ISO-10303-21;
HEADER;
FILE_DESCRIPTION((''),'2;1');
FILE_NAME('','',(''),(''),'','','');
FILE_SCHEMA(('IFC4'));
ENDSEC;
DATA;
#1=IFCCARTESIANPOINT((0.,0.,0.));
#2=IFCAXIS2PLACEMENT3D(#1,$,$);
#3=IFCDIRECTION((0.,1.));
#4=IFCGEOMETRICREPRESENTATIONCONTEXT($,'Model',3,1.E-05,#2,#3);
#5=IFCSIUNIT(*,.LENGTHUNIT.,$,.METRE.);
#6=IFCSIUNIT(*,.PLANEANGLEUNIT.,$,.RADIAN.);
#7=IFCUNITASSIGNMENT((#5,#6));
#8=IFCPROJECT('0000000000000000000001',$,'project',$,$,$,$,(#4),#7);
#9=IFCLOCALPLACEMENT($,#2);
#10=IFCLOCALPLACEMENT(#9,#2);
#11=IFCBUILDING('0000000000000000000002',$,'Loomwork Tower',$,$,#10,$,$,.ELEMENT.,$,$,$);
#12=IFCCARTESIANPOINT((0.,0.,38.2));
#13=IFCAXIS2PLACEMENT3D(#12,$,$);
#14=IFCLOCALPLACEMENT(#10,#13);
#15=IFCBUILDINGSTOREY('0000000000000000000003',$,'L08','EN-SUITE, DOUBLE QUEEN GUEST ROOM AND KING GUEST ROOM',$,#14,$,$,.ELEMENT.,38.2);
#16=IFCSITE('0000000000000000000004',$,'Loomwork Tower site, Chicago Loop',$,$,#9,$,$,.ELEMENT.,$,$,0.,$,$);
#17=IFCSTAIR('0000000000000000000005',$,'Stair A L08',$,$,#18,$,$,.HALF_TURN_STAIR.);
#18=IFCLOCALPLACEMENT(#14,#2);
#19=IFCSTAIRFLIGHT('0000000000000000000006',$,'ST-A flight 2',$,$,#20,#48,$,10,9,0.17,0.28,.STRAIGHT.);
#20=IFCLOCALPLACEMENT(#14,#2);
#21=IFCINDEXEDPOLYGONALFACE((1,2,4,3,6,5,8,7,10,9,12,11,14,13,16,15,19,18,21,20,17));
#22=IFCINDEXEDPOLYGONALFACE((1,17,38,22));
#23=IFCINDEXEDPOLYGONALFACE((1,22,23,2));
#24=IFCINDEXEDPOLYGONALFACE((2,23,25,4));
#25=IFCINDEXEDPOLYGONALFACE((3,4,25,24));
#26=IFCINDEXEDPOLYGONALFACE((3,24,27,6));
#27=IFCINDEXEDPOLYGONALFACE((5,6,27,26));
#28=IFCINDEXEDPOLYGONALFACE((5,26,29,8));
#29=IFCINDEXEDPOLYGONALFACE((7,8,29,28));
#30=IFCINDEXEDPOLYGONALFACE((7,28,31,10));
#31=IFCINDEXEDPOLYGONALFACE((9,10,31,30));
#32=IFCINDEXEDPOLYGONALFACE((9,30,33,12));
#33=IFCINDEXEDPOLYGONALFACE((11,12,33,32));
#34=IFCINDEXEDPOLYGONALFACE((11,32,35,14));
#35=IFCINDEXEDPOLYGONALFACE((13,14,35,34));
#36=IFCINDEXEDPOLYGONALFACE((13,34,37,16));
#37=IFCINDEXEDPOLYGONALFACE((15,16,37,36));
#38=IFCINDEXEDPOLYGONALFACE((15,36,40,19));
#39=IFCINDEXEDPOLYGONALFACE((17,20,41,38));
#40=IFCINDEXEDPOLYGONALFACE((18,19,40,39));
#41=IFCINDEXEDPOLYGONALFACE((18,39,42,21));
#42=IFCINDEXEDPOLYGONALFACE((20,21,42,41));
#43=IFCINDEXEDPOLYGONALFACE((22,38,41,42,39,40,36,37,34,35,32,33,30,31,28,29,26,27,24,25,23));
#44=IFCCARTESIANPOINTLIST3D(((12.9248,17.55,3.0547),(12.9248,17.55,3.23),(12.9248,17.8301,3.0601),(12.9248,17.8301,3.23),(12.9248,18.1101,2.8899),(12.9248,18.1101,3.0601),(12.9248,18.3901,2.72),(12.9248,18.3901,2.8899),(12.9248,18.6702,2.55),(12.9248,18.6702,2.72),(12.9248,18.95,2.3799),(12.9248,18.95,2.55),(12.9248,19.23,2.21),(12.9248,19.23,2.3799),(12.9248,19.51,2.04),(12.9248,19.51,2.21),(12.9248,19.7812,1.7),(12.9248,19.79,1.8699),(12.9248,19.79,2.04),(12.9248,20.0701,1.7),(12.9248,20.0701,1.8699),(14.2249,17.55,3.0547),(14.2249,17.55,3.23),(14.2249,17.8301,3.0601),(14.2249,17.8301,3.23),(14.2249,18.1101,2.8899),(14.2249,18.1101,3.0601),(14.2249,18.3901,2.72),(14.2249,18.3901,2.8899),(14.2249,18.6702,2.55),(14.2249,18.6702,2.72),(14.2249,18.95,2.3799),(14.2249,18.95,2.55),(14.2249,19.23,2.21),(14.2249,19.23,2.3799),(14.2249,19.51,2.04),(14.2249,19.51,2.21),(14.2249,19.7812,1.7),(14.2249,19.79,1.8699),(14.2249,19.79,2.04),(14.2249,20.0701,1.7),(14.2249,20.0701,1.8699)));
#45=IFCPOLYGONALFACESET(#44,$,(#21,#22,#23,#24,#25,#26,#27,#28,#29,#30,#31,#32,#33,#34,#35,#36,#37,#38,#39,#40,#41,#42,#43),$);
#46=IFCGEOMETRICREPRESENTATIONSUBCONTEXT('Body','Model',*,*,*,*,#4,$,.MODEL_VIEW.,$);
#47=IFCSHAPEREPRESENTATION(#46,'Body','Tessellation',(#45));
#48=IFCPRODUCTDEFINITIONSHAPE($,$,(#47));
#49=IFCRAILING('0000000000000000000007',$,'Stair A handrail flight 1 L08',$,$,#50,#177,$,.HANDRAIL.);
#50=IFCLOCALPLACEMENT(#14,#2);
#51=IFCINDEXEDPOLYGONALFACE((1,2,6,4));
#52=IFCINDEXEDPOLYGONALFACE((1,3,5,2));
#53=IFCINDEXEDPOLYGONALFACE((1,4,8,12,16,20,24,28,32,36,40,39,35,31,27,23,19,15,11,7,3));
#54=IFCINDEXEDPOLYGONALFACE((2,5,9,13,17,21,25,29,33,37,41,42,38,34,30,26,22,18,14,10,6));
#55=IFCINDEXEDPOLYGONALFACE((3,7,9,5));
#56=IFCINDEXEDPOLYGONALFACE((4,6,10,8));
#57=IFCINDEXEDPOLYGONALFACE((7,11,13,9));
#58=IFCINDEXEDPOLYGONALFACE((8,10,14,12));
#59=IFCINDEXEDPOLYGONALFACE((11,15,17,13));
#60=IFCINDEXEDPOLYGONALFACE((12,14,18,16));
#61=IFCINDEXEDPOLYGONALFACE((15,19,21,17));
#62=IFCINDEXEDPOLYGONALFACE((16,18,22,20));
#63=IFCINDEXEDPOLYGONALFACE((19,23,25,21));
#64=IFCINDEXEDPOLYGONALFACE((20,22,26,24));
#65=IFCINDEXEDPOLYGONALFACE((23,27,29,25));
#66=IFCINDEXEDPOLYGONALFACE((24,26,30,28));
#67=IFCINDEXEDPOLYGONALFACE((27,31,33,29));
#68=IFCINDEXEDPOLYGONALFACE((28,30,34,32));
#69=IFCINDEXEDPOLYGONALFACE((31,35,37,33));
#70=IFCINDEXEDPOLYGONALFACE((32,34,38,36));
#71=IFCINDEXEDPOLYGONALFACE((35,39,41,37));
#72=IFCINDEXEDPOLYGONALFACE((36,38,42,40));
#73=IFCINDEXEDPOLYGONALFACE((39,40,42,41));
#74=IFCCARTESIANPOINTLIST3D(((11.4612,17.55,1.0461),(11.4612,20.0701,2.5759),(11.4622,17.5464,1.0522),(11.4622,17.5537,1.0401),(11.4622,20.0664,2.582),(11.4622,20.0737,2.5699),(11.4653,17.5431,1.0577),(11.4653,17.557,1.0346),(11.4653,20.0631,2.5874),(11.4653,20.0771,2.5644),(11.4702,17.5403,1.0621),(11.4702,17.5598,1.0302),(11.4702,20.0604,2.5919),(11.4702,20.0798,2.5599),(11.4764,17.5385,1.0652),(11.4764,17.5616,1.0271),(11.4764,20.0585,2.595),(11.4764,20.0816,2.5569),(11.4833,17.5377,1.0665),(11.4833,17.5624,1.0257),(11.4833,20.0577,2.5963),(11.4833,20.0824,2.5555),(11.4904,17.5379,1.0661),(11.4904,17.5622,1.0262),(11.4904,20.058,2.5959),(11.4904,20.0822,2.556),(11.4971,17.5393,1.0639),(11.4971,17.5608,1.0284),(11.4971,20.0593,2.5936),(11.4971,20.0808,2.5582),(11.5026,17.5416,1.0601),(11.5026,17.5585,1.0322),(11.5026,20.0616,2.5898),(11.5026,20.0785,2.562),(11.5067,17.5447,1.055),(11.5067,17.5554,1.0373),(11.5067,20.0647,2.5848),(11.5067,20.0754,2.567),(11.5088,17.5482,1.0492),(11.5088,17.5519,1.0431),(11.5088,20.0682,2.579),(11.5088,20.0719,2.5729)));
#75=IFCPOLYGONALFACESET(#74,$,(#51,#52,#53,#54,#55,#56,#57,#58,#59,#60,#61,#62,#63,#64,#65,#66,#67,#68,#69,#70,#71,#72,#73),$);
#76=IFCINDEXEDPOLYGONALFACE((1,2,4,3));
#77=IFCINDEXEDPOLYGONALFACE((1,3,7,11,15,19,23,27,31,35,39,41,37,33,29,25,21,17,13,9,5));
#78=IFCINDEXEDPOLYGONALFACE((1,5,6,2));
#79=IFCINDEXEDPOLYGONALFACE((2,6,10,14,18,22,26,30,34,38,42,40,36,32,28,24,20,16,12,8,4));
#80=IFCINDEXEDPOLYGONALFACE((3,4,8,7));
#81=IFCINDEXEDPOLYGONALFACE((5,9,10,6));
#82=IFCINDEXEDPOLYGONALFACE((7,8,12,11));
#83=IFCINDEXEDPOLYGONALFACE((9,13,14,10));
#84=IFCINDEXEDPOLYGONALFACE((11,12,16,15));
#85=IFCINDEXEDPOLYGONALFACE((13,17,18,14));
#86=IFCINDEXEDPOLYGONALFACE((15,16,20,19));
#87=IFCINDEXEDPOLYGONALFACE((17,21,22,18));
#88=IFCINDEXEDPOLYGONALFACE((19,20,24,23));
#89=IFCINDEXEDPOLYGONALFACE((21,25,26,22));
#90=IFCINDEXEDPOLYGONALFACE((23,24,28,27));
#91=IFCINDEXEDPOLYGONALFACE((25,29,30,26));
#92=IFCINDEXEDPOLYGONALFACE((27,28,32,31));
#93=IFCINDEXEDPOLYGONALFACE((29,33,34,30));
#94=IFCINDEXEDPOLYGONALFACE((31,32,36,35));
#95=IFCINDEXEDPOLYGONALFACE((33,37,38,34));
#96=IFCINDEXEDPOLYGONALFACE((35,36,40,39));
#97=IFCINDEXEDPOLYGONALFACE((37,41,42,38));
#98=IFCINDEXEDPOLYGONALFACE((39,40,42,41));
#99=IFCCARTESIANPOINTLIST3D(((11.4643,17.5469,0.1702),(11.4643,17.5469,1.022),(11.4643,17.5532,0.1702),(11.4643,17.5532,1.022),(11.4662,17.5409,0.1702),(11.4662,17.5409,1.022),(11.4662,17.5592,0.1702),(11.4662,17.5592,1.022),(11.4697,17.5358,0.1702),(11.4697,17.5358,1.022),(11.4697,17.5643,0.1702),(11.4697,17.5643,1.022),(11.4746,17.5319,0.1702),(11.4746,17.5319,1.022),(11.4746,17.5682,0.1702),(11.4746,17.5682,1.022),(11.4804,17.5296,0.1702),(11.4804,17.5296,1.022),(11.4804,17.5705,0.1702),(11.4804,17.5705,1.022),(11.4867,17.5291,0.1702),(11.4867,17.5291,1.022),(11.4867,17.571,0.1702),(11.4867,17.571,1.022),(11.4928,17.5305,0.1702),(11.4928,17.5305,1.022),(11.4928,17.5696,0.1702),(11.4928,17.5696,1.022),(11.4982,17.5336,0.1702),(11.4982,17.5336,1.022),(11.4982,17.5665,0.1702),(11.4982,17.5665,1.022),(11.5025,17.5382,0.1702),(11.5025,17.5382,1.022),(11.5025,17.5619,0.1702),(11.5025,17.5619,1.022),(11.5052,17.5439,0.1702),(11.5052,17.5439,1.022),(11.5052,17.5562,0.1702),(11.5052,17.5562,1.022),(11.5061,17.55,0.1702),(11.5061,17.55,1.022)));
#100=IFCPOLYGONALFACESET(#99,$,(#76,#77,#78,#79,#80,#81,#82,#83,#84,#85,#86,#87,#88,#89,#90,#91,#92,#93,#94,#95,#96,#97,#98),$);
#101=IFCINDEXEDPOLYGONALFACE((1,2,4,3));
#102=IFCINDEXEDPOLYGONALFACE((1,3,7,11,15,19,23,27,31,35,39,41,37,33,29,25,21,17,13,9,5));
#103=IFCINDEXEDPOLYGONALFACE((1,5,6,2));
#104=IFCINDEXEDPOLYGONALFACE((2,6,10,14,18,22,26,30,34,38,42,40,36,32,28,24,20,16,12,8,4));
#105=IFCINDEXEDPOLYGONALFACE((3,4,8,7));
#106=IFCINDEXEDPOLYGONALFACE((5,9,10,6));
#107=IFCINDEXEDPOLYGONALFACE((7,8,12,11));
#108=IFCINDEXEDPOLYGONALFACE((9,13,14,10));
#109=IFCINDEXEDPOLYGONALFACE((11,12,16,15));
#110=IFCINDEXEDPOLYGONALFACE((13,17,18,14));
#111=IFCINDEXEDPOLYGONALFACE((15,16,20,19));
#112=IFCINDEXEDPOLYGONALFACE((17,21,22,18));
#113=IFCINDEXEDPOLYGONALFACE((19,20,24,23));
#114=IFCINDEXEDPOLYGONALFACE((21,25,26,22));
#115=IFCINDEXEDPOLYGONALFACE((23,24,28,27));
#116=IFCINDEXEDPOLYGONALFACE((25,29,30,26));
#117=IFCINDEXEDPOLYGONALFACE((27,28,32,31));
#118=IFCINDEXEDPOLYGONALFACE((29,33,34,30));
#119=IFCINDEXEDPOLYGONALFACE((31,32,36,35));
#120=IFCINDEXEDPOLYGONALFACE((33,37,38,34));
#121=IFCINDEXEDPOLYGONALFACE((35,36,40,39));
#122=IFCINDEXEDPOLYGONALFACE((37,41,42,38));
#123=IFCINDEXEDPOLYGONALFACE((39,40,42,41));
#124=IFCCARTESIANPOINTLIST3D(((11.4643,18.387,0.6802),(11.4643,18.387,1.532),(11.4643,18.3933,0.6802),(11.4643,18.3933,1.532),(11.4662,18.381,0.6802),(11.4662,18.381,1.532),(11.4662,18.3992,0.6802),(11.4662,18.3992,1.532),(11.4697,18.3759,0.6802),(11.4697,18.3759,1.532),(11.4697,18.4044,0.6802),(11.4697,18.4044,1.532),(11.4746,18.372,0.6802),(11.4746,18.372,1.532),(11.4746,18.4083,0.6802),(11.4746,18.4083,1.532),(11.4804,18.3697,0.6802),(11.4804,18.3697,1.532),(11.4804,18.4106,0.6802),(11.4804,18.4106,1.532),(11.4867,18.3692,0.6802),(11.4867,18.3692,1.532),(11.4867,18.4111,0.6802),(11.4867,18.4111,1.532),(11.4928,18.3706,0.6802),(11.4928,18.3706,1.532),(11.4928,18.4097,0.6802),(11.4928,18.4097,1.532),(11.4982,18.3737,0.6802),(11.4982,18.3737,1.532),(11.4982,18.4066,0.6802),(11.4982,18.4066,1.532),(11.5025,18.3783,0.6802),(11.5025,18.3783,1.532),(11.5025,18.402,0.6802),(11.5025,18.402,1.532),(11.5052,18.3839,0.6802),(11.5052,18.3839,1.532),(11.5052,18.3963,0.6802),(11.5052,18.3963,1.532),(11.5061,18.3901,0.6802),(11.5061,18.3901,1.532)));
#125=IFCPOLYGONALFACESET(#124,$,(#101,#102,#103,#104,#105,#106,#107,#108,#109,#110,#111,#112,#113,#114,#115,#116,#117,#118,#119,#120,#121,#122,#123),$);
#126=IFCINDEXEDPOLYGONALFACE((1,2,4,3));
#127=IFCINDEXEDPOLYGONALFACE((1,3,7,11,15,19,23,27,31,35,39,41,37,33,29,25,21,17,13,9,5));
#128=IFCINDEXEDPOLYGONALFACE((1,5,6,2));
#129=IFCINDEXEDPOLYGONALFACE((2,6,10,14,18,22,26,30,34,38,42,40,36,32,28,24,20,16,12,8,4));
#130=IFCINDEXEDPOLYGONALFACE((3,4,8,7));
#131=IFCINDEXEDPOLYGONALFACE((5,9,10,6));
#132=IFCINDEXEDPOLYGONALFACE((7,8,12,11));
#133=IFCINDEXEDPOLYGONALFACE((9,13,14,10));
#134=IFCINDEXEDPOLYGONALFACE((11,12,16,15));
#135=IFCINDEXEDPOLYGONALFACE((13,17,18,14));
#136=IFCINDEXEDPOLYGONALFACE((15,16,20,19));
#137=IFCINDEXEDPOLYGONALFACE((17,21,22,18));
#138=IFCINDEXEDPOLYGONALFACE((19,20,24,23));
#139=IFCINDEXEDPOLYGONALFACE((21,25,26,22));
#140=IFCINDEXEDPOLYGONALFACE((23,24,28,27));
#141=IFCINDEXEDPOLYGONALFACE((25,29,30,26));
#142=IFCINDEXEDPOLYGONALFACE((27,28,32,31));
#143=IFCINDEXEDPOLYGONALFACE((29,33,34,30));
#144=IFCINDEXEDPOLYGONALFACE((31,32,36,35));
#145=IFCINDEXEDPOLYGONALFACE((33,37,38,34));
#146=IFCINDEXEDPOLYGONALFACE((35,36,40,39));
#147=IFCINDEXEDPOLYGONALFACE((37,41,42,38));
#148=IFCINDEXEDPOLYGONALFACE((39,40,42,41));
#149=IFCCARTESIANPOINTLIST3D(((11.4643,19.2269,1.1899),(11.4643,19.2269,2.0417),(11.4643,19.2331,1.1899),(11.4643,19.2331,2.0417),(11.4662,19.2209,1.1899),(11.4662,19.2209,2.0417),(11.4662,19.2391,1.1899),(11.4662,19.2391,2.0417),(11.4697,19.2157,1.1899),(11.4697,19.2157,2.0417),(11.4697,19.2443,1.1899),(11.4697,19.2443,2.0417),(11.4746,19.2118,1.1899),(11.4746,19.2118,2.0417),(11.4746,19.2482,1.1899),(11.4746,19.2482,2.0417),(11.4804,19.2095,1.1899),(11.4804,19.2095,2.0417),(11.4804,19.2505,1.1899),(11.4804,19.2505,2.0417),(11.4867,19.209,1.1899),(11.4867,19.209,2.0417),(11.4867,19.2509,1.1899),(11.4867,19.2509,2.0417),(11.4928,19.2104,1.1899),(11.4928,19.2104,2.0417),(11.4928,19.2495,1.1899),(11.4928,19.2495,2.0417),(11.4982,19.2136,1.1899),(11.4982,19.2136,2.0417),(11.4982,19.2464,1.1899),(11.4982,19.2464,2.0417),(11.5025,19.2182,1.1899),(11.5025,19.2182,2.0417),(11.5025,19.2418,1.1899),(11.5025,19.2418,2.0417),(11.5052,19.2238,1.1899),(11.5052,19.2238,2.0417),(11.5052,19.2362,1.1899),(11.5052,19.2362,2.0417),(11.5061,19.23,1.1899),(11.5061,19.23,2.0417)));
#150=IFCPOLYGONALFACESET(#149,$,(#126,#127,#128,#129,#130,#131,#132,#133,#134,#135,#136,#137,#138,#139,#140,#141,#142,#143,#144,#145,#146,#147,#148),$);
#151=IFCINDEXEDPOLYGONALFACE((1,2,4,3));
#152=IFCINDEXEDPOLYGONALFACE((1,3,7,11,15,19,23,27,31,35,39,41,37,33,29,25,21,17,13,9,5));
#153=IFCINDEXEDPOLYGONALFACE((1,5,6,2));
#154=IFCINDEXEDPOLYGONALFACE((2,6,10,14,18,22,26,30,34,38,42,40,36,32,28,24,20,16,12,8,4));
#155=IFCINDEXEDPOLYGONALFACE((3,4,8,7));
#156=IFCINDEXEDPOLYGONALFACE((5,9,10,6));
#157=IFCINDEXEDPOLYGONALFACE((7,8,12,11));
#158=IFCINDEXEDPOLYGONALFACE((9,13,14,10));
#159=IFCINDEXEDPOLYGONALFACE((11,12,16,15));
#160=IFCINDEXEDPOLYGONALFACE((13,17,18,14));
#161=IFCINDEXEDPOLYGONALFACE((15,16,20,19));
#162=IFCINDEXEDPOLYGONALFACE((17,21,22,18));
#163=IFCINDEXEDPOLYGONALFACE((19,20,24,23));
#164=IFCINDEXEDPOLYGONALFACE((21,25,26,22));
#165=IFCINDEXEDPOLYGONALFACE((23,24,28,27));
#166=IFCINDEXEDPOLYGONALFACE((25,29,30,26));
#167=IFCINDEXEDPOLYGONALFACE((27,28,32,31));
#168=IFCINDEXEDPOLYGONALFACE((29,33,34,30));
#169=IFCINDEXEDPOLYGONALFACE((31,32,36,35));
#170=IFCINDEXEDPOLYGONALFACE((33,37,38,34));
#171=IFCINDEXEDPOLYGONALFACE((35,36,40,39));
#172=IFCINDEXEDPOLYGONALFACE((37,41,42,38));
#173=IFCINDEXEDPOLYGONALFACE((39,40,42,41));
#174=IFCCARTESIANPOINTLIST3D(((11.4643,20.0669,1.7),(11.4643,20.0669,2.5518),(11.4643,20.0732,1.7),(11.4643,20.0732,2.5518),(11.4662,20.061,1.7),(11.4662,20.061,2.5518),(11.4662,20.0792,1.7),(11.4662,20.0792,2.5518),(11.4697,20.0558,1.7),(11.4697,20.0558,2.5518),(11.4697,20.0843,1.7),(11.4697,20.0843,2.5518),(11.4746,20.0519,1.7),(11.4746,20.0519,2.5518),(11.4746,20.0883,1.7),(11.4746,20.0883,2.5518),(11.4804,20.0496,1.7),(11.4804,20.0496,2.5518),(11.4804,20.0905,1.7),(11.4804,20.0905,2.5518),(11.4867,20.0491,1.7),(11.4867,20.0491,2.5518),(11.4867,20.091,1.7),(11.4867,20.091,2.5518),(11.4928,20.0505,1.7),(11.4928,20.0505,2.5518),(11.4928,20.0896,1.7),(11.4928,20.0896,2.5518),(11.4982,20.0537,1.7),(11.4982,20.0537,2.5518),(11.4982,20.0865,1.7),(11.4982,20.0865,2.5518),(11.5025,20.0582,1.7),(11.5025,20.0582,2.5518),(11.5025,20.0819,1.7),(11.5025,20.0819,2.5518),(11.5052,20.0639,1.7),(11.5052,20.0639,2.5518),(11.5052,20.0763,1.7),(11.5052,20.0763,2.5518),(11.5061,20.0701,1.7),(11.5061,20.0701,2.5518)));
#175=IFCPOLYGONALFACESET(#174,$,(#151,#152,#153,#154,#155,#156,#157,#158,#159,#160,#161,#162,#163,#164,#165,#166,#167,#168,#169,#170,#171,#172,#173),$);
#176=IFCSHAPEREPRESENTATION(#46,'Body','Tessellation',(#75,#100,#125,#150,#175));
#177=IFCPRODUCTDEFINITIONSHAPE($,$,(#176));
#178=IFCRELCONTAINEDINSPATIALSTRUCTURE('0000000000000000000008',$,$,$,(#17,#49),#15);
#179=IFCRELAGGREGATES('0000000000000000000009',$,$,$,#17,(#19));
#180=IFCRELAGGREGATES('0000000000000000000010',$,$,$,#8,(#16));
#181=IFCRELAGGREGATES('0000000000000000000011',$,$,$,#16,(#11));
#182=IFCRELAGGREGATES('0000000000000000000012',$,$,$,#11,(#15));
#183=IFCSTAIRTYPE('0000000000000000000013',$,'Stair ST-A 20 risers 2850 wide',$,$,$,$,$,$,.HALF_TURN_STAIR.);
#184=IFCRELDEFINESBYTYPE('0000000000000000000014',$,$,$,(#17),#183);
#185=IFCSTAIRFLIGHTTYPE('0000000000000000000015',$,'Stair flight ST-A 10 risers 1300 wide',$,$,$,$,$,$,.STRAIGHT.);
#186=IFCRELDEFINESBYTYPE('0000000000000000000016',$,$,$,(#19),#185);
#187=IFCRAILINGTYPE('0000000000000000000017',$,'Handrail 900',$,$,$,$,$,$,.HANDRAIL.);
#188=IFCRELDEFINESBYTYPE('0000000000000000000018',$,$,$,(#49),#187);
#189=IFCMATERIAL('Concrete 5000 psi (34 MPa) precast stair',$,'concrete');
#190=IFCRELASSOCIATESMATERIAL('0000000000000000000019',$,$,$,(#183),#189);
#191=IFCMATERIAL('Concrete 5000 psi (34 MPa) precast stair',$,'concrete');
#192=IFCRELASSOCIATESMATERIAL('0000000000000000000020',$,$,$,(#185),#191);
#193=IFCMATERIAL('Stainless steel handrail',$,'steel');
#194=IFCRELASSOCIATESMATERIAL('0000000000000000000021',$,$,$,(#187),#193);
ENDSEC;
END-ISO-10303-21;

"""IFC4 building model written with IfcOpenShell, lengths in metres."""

from ifc_helpers import new_model, si_unit, direction, frame, origin, origin_2d, place, context, subcontext, project, spatial, polyline, circle, outline, extrude, material, type_object, element, aggregate, save


model = new_model("IFC4")

# Units and contexts
model_context = context("Model", 3, precision=1e-05, world=origin(), true_north=direction((0.0, 1.0)))
body_context = subcontext(model_context, "Body", "Model", "MODEL_VIEW")
ifc_project = project(units=[si_unit("LENGTHUNIT", "METRE"), si_unit("PLANEANGLEUNIT", "RADIAN")], contexts=[model_context])

# Site, building, storey
site_placement = place(None, origin())
site = spatial("IfcSite", under=ifc_project, at=site_placement, Name="Loomwork Tower site, Chicago Loop", CompositionType="ELEMENT", RefElevation=0.0)
building_placement = place(site_placement, origin())
building = spatial("IfcBuilding", under=site, at=building_placement, Name="Loomwork Tower", CompositionType="ELEMENT")
storey_placement = place(building_placement, frame((0.0, 0.0, 38.2)))
storey = spatial("IfcBuildingStorey", under=building, at=storey_placement, Name="L08", Description="EN-SUITE, DOUBLE QUEEN GUEST ROOM AND KING GUEST ROOM", CompositionType="ELEMENT", Elevation=38.2)

# Stair, stair flight
ifc_material_1 = material(Name="Concrete 5000 psi (34 MPa) precast stair", Category="concrete")
stair_type = type_object("IfcStairType", Name="Stair ST-A 20 risers 2850 wide", PredefinedType="HALF_TURN_STAIR", material=ifc_material_1)
stair_placement = place(storey_placement, origin())
stair = element("IfcStair", 1, at=stair_placement, inside=storey, type_object=stair_type, Name="Stair A L08", PredefinedType="HALF_TURN_STAIR")
ifc_material_2 = material(Name="Concrete 5000 psi (34 MPa) precast stair", Category="concrete")
stair_flight_type = type_object("IfcStairFlightType", Name="Stair flight ST-A 10 risers 1300 wide", PredefinedType="STRAIGHT", material=ifc_material_2)
stair_flight_1_placement = place(storey_placement, frame((13.575, 20.0701, 1.7), z_axis=(0.0, 0.0, 1.0), x_axis=(0.0, -1.0, 0.0)))
stair_flight_1 = element("IfcStairFlight", 2, at=stair_flight_1_placement, type_object=stair_flight_type, Name="ST-A flight 2", NumberOfRisers=10, NumberOfTreads=9, PredefinedType="STRAIGHT", RiserHeight=0.17, TreadLength=0.28, context=body_context, shape_type="SweptSolid", body=[
    extrude(outline(polyline([(0.0, 0.0), (0.0, 0.1699), (0.28, 0.1699), (0.28, 0.3401), (0.5601, 0.3401), (0.5601, 0.51), (0.8401, 0.51), (0.8401, 0.6799), (1.1201, 0.6799), (1.1201, 0.8501), (1.3999, 0.8501), (1.3999, 1.02), (1.6799, 1.02), (1.6799, 1.1899), (1.96, 1.1899), (1.96, 1.3601), (2.24, 1.3601), (2.24, 1.53), (2.52, 1.53), (2.52, 1.7), (2.52, 1.3547), (0.2888, 0.0), (0.0, 0.0)])), frame((0.0, 0.6499, 0.0), z_axis=(0.0, -1.0, 0.0), x_axis=(1.0, 0.0, 0.0)), (0.0, 0.0, 1.0), 1.3),
])
aggregate(stair, [stair_flight_1])

# Railing
ifc_material_3 = material(Name="Stainless steel handrail", Category="steel")
railing_type = type_object("IfcRailingType", Name="Handrail 900", PredefinedType="HANDRAIL", material=ifc_material_3)
railing_1_placement = place(storey_placement, frame((11.4851, 17.55, 0.1702)))
element("IfcRailing", 3, at=railing_1_placement, inside=storey, type_object=railing_type, Name="Stair A handrail flight 1 L08", PredefinedType="HANDRAIL", context=body_context, shape_type="SweptSolid", body=[
    extrude(circle(Radius=0.0239, at=origin_2d()), frame((0.0, 0.0, 0.876), z_axis=(0.0, 0.854822, 0.518922), x_axis=(-1.0, 0.0, 0.0)), (0.0, 0.0, 1.0), 2.948),
    extrude(circle(Radius=0.021, at=origin_2d()), origin(), (0.0, 0.0, 1.0), 0.8518),
    extrude(circle(Radius=0.021, at=origin_2d()), frame((0.0, 0.8401, 0.51)), (0.0, 0.0, 1.0), 0.8518),
    extrude(circle(Radius=0.021, at=origin_2d()), frame((0.0, 1.6799, 1.0198)), (0.0, 0.0, 1.0), 0.8518),
    extrude(circle(Radius=0.021, at=origin_2d()), frame((0.0, 2.52, 1.5298)), (0.0, 0.0, 1.0), 0.8518),
])

save(model, "model.ifc")
